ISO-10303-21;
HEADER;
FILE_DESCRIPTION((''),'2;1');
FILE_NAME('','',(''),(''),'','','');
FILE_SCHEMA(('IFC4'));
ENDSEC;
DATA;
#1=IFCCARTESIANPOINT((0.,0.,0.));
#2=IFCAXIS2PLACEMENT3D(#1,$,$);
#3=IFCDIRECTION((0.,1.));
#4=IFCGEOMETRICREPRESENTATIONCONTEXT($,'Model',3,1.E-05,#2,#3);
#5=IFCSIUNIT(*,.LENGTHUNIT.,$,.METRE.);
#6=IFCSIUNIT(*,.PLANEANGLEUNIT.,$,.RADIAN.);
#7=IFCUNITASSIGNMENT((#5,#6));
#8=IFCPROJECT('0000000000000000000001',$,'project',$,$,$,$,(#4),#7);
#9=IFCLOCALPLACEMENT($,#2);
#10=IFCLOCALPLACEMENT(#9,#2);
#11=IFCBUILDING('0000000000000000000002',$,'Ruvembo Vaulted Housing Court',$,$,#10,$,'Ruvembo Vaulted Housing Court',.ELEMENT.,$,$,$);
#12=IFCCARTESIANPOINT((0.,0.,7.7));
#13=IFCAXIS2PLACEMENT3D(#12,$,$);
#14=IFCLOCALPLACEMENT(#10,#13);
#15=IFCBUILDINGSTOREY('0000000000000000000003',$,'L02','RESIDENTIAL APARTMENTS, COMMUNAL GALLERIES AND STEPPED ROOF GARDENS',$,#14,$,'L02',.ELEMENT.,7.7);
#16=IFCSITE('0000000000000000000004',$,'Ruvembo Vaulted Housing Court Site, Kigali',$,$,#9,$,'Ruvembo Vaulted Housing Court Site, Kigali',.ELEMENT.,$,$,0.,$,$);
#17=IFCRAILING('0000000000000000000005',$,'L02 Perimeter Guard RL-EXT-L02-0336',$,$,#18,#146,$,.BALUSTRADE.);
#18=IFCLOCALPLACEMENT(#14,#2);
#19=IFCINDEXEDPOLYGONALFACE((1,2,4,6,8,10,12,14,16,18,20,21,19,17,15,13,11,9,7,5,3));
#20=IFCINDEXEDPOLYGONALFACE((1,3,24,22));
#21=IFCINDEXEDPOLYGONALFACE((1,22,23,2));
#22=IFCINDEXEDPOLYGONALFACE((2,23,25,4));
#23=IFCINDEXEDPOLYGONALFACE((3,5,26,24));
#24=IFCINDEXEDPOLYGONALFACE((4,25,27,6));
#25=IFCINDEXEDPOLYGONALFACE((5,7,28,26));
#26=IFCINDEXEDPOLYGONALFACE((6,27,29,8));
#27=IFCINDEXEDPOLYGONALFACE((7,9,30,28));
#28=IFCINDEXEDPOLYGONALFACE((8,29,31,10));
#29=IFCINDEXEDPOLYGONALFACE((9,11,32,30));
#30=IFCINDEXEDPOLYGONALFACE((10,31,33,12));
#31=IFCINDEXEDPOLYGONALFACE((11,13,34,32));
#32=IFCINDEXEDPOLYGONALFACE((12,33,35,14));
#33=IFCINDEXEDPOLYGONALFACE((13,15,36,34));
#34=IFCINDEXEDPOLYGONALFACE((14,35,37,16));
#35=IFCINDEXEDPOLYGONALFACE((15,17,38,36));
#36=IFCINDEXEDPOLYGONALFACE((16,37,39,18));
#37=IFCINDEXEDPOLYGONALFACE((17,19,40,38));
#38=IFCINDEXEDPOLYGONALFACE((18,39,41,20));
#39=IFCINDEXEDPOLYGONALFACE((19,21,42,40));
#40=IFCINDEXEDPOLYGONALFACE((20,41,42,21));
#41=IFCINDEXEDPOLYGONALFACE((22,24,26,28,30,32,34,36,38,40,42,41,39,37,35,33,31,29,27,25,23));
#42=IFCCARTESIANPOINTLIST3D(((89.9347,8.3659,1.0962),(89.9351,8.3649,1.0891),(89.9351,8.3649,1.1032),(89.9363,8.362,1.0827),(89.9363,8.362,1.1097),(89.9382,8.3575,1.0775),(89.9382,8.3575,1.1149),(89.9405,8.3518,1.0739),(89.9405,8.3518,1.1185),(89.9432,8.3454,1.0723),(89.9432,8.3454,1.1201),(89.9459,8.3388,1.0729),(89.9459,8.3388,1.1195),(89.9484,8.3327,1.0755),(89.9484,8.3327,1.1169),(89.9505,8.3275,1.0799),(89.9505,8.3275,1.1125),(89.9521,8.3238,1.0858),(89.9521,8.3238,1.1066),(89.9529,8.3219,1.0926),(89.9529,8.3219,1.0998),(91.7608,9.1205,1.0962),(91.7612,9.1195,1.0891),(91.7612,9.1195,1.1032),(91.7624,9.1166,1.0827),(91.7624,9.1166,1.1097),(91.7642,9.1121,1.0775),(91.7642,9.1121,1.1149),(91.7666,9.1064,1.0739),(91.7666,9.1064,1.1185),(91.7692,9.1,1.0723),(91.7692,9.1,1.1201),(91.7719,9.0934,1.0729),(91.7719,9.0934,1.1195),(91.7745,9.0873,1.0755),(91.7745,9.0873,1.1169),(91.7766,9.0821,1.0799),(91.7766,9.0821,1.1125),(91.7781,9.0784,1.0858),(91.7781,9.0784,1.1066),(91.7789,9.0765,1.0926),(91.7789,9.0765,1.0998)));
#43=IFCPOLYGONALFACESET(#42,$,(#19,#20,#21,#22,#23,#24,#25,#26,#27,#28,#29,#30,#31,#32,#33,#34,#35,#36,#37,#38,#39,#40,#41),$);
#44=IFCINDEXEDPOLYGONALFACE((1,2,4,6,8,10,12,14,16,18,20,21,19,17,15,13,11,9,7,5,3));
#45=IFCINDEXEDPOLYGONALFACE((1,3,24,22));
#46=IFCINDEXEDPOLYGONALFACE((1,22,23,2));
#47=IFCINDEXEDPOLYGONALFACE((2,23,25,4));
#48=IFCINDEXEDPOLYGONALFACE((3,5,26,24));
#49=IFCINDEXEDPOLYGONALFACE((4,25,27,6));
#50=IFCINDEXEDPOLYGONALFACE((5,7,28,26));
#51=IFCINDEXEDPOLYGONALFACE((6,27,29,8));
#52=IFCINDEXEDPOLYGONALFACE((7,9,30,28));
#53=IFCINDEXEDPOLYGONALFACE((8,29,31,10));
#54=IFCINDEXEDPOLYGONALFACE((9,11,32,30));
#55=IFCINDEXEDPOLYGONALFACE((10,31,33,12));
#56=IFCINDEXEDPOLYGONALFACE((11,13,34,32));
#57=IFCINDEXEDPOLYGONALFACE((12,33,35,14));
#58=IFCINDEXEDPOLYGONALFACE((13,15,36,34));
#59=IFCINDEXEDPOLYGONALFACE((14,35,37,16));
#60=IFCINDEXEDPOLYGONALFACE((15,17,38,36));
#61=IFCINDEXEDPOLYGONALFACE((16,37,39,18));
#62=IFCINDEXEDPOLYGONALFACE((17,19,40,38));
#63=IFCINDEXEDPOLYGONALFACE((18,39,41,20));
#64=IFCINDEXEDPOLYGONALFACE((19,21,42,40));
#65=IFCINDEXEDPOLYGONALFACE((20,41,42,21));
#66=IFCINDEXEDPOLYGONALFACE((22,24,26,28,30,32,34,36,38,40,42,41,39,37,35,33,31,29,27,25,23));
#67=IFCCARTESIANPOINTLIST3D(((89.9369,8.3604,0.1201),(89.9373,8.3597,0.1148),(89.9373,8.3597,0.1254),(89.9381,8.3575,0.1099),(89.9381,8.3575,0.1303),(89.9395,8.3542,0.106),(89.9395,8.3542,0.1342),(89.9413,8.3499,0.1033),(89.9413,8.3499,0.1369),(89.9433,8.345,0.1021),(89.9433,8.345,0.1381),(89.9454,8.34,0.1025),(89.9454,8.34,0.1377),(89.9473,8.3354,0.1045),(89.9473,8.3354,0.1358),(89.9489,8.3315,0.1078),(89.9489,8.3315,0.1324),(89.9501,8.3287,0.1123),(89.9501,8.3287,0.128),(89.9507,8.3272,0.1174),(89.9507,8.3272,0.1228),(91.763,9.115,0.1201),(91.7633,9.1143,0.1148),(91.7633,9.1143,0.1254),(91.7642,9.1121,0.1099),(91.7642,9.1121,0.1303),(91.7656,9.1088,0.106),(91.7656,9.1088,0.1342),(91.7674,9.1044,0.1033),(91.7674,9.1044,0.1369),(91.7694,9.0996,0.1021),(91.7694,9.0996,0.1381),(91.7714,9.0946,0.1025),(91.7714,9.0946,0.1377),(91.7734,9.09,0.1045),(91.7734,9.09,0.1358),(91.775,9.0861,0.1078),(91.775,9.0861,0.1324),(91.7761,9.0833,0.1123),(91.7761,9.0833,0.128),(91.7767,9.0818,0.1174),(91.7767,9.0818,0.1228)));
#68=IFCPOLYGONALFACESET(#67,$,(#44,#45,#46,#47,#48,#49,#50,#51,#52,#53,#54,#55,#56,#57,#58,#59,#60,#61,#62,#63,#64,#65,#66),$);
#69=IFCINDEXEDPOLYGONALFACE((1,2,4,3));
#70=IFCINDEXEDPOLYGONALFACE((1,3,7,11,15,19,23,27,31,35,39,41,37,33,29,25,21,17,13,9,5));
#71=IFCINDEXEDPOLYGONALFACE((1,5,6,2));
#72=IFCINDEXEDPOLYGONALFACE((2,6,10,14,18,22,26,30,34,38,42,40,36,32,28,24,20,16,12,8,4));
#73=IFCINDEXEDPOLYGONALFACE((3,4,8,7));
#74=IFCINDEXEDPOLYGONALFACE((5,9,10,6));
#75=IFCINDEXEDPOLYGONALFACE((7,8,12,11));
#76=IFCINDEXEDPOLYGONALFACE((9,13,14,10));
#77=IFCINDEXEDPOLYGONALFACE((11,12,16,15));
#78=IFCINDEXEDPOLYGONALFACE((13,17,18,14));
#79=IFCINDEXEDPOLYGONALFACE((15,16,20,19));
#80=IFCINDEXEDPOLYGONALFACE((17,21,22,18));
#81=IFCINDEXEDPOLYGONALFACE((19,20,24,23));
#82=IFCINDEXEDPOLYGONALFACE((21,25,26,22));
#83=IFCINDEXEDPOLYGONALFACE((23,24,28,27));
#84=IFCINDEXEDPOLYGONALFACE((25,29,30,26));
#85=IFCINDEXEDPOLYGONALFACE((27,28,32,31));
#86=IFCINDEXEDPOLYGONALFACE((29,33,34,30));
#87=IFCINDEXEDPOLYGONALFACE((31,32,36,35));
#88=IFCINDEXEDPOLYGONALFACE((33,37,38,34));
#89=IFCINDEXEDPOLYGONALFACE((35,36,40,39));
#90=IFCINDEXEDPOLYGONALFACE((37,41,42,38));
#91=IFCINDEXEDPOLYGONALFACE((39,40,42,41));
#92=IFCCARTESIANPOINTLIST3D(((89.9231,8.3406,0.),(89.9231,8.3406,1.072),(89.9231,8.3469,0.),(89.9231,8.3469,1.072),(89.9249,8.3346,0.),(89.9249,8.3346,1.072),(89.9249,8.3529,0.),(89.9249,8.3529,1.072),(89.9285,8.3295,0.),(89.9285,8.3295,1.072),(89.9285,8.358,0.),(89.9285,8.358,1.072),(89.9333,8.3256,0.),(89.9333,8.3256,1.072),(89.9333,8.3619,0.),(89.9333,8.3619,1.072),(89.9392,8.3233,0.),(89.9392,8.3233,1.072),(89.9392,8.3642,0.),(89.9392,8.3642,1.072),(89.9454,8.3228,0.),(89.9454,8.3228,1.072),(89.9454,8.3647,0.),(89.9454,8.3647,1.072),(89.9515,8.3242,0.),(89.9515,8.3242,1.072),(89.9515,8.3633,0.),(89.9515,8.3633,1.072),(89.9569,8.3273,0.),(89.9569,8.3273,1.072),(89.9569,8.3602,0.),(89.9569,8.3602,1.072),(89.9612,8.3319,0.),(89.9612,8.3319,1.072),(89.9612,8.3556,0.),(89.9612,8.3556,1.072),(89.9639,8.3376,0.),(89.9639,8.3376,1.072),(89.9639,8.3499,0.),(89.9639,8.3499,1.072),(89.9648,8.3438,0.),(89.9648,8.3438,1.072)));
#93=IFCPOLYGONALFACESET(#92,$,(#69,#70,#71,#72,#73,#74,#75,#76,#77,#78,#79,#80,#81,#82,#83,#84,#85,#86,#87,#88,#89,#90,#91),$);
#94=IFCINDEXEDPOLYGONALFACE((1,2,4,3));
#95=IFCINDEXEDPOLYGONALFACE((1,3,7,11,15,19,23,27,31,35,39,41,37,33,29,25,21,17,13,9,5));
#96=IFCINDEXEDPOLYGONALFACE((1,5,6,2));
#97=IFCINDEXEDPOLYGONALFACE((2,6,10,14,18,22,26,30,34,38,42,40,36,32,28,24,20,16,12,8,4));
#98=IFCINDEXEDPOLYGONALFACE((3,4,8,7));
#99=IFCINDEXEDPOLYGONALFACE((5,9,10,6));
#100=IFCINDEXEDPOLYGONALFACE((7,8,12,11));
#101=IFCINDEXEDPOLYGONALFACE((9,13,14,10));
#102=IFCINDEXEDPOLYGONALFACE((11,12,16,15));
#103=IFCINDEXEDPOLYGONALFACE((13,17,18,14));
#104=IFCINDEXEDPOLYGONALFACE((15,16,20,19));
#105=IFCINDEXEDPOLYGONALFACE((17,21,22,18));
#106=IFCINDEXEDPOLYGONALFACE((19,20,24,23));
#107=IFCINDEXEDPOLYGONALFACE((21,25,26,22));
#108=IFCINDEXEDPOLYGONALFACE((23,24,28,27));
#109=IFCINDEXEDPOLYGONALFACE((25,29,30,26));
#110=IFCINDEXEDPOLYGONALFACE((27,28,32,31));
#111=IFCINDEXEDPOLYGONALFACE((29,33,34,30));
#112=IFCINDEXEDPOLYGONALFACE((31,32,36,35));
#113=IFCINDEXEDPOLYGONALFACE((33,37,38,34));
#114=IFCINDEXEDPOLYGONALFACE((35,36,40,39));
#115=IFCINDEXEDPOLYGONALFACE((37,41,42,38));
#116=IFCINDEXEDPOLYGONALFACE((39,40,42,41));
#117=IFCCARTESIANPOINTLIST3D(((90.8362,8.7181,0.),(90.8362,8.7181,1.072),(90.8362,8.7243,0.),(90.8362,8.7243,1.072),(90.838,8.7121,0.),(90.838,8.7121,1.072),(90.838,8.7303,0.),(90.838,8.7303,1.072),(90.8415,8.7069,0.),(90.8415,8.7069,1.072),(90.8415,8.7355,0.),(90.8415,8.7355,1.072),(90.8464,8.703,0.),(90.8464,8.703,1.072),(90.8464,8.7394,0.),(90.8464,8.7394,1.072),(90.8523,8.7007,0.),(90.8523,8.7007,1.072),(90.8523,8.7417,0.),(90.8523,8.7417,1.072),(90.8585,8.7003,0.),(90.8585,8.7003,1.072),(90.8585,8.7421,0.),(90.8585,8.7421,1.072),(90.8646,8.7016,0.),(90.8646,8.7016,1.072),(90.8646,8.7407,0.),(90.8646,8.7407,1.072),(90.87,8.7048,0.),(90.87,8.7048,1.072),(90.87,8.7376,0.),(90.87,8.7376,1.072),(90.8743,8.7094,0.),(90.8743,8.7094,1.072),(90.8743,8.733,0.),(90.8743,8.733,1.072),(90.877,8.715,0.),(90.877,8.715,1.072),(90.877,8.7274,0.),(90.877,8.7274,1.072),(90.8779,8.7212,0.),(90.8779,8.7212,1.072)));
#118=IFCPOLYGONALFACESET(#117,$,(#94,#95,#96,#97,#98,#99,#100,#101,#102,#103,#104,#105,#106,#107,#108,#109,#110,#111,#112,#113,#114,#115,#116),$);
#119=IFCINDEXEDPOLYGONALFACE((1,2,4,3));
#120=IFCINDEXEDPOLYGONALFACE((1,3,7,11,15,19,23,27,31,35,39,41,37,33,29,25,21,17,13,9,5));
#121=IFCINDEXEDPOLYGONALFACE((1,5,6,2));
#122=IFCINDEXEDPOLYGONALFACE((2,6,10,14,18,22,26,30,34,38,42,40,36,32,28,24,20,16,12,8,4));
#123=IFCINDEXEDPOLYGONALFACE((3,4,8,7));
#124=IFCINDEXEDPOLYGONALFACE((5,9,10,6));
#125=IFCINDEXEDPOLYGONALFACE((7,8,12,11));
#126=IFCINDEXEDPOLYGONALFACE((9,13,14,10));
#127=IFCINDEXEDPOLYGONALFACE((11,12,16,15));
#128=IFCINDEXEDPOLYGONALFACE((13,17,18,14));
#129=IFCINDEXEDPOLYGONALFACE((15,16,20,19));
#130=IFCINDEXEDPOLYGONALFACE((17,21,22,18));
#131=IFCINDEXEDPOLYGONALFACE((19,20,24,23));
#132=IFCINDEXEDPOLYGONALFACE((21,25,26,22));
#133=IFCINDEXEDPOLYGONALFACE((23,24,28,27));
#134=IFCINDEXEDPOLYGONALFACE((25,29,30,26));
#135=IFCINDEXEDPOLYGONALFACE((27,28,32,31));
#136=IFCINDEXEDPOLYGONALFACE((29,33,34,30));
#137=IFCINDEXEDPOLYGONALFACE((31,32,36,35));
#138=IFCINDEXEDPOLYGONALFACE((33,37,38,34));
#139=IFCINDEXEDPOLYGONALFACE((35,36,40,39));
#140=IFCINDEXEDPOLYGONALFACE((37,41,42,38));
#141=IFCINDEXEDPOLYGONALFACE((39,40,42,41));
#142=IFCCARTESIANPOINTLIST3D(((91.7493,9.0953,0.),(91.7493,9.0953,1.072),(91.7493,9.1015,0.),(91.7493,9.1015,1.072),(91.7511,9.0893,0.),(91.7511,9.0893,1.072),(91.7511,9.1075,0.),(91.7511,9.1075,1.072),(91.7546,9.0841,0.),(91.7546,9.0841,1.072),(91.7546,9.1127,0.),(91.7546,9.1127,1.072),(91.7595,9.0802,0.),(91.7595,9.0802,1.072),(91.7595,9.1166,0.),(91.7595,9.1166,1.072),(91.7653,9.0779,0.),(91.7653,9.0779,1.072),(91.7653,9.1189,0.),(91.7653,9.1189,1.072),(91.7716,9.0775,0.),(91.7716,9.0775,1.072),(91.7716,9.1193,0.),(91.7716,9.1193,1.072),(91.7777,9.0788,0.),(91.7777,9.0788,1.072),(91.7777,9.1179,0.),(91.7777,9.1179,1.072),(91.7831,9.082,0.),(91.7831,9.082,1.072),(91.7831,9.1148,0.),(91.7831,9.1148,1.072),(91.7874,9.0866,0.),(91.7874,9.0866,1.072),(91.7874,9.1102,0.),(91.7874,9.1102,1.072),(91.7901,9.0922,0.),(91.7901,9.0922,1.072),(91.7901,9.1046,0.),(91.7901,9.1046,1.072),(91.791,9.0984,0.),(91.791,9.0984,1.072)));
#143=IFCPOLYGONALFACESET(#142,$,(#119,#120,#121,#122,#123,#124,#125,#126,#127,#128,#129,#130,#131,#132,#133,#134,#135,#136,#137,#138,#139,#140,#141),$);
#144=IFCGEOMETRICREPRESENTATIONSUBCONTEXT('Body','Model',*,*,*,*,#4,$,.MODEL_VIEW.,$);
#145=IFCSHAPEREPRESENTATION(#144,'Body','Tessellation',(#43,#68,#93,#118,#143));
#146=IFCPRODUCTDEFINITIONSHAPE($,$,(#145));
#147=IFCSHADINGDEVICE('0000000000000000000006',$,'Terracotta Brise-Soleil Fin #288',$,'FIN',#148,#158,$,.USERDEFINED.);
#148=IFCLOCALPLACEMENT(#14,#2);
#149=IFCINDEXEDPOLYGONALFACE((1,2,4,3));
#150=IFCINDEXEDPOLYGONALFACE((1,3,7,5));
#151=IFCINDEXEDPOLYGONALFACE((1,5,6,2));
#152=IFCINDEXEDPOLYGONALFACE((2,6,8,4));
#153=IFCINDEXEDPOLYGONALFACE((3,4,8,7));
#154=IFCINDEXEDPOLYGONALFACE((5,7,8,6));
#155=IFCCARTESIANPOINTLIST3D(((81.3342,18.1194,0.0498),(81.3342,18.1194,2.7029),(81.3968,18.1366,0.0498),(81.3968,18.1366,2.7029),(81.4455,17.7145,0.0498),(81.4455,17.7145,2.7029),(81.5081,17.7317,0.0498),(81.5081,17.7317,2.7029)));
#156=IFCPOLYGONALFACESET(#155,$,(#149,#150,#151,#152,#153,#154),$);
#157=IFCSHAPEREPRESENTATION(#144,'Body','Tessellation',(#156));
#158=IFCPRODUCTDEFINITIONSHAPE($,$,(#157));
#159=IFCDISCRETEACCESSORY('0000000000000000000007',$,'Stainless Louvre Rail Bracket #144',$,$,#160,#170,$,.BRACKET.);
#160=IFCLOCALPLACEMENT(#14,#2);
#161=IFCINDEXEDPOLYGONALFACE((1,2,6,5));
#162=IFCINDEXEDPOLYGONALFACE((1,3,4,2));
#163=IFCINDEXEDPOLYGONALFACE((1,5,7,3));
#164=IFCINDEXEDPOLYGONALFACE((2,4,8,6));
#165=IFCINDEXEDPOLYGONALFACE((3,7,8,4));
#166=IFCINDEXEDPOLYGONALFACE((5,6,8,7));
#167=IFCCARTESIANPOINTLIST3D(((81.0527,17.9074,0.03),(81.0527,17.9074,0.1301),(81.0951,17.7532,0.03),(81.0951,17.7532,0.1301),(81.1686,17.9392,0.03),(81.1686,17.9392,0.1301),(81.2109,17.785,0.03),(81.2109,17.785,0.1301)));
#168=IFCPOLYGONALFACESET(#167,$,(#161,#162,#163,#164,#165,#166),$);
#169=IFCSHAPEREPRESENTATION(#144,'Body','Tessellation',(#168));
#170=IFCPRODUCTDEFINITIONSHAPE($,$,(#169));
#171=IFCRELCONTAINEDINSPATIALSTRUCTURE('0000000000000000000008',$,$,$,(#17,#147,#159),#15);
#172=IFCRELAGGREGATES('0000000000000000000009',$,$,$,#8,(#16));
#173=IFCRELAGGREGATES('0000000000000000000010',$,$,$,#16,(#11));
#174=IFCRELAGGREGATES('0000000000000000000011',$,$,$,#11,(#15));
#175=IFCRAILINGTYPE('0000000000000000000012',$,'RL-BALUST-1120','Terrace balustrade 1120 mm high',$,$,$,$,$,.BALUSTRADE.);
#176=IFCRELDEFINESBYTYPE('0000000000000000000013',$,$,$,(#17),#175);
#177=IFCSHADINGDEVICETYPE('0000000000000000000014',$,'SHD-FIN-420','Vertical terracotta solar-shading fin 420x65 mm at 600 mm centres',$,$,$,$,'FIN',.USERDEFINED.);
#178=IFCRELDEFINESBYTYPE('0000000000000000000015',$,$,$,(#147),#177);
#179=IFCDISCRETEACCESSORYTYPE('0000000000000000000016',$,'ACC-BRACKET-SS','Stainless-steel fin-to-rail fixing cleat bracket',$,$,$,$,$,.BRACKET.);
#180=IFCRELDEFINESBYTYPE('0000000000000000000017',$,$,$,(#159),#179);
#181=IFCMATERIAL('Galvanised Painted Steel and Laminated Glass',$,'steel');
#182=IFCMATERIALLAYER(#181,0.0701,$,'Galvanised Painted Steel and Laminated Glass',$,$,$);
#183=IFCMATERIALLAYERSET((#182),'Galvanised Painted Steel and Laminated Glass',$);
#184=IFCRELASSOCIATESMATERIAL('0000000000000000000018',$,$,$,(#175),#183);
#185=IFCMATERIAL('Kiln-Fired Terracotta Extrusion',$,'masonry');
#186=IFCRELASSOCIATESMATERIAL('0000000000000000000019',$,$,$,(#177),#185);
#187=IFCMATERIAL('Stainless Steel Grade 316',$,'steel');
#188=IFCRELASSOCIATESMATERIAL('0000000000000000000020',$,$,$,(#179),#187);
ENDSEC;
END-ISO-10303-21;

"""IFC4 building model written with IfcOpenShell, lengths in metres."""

from ifc_helpers import new_model, si_unit, direction, frame, origin, origin_2d, place, context, subcontext, project, spatial, rectangle, circle, extrude, material, layer, layer_set, type_object, element, save


model = new_model("IFC4")

# Units and contexts
model_context = context("Model", 3, precision=1e-05, world=origin(), true_north=direction((0.0, 1.0)))
body_context = subcontext(model_context, "Body", "Model", "MODEL_VIEW")
ifc_project = project(units=[si_unit("LENGTHUNIT", "METRE"), si_unit("PLANEANGLEUNIT", "RADIAN")], contexts=[model_context])

# Site, building, storey
site_placement = place(None, origin())
site = spatial("IfcSite", under=ifc_project, at=site_placement, Name="Ruvembo Vaulted Housing Court Site, Kigali", LongName="Ruvembo Vaulted Housing Court Site, Kigali", CompositionType="ELEMENT", RefElevation=0.0)
building_placement = place(site_placement, origin())
building = spatial("IfcBuilding", under=site, at=building_placement, Name="Ruvembo Vaulted Housing Court", LongName="Ruvembo Vaulted Housing Court", CompositionType="ELEMENT")
storey_placement = place(building_placement, frame((0.0, 0.0, 7.7)))
storey = spatial("IfcBuildingStorey", under=building, at=storey_placement, Name="L02", Description="RESIDENTIAL APARTMENTS, COMMUNAL GALLERIES AND STEPPED ROOF GARDENS", LongName="L02", CompositionType="ELEMENT", Elevation=7.7)

# Railing
ifc_material_1 = material(Name="Galvanised Painted Steel and Laminated Glass", Category="steel")
ifc_layer_1 = layer(ifc_material_1, 0.0701, Name="Galvanised Painted Steel and Laminated Glass")
ifc_layer_set_1 = layer_set([ifc_layer_1], Name="Galvanised Painted Steel and Laminated Glass")
railing_type = type_object("IfcRailingType", Name="RL-BALUST-1120", Description="Terrace balustrade 1120 mm high", PredefinedType="BALUSTRADE", material=ifc_layer_set_1)
railing_1_placement = place(storey_placement, frame((89.9438, 8.3438, 0.0)))
element("IfcRailing", 1, at=railing_1_placement, inside=storey, type_object=railing_type, Name="L02 Perimeter Guard RL-EXT-L02-0336", PredefinedType="BALUSTRADE", context=body_context, shape_type="SweptSolid", body=[
    extrude(circle(Radius=0.0239, at=origin_2d()), frame((0.0, 0.0, 1.0962), z_axis=(0.924199, 0.381912, 0.0), x_axis=(-0.381912, 0.924199, 0.0)), (0.0, 0.0, 1.0), 1.9758),
    extrude(circle(Radius=0.0181, at=origin_2d()), frame((0.0, 0.0, 0.1201), z_axis=(0.924199, 0.381912, 0.0), x_axis=(-0.381912, 0.924199, 0.0)), (0.0, 0.0, 1.0), 1.9758),
    extrude(circle(Radius=0.021, at=origin_2d()), origin(), (0.0, 0.0, 1.0), 1.072),
    extrude(circle(Radius=0.021, at=origin_2d()), frame((0.9131, 0.3774, 0.0)), (0.0, 0.0, 1.0), 1.072),
    extrude(circle(Radius=0.021, at=origin_2d()), frame((1.8262, 0.7546, 0.0)), (0.0, 0.0, 1.0), 1.072),
])

# Shading device
ifc_material_2 = material(Name="Kiln-Fired Terracotta Extrusion", Category="masonry")
shading_device_type = type_object("IfcShadingDeviceType", Name="SHD-FIN-420", Description="Vertical terracotta solar-shading fin 420x65 mm at 600 mm centres", ElementType="FIN", PredefinedType="USERDEFINED", material=ifc_material_2)
shading_device_placement = place(storey_placement, frame((81.4211, 17.9255, 0.0498), z_axis=(0.0, 0.0, 1.0), x_axis=(0.264984, -0.964253, 0.0)))
element("IfcShadingDevice", 2, at=shading_device_placement, inside=storey, type_object=shading_device_type, Name="Terracotta Brise-Soleil Fin #288", ObjectType="FIN", PredefinedType="USERDEFINED", context=body_context, shape_type="SweptSolid", body=[
    extrude(rectangle(XDim=0.4199, YDim=0.0649, at=origin_2d()), origin(), (0.0, 0.0, 1.0), 2.6531),
])

# Discrete accessory
ifc_material_3 = material(Name="Stainless Steel Grade 316", Category="steel")
discrete_accessory_type = type_object("IfcDiscreteAccessoryType", Name="ACC-BRACKET-SS", Description="Stainless-steel fin-to-rail fixing cleat bracket", PredefinedType="BRACKET", material=ifc_material_3)
discrete_accessory_placement = place(storey_placement, frame((81.1318, 17.8462, 0.03), z_axis=(0.0, 0.0, 1.0), x_axis=(0.264984, -0.964253, 0.0)))
element("IfcDiscreteAccessory", 3, at=discrete_accessory_placement, inside=storey, type_object=discrete_accessory_type, Name="Stainless Louvre Rail Bracket #144", PredefinedType="BRACKET", context=body_context, shape_type="SweptSolid", body=[
    extrude(rectangle(XDim=0.1599, YDim=0.1201, at=origin_2d()), origin(), (0.0, 0.0, 1.0), 0.1001),
])

save(model, "model.ifc")
